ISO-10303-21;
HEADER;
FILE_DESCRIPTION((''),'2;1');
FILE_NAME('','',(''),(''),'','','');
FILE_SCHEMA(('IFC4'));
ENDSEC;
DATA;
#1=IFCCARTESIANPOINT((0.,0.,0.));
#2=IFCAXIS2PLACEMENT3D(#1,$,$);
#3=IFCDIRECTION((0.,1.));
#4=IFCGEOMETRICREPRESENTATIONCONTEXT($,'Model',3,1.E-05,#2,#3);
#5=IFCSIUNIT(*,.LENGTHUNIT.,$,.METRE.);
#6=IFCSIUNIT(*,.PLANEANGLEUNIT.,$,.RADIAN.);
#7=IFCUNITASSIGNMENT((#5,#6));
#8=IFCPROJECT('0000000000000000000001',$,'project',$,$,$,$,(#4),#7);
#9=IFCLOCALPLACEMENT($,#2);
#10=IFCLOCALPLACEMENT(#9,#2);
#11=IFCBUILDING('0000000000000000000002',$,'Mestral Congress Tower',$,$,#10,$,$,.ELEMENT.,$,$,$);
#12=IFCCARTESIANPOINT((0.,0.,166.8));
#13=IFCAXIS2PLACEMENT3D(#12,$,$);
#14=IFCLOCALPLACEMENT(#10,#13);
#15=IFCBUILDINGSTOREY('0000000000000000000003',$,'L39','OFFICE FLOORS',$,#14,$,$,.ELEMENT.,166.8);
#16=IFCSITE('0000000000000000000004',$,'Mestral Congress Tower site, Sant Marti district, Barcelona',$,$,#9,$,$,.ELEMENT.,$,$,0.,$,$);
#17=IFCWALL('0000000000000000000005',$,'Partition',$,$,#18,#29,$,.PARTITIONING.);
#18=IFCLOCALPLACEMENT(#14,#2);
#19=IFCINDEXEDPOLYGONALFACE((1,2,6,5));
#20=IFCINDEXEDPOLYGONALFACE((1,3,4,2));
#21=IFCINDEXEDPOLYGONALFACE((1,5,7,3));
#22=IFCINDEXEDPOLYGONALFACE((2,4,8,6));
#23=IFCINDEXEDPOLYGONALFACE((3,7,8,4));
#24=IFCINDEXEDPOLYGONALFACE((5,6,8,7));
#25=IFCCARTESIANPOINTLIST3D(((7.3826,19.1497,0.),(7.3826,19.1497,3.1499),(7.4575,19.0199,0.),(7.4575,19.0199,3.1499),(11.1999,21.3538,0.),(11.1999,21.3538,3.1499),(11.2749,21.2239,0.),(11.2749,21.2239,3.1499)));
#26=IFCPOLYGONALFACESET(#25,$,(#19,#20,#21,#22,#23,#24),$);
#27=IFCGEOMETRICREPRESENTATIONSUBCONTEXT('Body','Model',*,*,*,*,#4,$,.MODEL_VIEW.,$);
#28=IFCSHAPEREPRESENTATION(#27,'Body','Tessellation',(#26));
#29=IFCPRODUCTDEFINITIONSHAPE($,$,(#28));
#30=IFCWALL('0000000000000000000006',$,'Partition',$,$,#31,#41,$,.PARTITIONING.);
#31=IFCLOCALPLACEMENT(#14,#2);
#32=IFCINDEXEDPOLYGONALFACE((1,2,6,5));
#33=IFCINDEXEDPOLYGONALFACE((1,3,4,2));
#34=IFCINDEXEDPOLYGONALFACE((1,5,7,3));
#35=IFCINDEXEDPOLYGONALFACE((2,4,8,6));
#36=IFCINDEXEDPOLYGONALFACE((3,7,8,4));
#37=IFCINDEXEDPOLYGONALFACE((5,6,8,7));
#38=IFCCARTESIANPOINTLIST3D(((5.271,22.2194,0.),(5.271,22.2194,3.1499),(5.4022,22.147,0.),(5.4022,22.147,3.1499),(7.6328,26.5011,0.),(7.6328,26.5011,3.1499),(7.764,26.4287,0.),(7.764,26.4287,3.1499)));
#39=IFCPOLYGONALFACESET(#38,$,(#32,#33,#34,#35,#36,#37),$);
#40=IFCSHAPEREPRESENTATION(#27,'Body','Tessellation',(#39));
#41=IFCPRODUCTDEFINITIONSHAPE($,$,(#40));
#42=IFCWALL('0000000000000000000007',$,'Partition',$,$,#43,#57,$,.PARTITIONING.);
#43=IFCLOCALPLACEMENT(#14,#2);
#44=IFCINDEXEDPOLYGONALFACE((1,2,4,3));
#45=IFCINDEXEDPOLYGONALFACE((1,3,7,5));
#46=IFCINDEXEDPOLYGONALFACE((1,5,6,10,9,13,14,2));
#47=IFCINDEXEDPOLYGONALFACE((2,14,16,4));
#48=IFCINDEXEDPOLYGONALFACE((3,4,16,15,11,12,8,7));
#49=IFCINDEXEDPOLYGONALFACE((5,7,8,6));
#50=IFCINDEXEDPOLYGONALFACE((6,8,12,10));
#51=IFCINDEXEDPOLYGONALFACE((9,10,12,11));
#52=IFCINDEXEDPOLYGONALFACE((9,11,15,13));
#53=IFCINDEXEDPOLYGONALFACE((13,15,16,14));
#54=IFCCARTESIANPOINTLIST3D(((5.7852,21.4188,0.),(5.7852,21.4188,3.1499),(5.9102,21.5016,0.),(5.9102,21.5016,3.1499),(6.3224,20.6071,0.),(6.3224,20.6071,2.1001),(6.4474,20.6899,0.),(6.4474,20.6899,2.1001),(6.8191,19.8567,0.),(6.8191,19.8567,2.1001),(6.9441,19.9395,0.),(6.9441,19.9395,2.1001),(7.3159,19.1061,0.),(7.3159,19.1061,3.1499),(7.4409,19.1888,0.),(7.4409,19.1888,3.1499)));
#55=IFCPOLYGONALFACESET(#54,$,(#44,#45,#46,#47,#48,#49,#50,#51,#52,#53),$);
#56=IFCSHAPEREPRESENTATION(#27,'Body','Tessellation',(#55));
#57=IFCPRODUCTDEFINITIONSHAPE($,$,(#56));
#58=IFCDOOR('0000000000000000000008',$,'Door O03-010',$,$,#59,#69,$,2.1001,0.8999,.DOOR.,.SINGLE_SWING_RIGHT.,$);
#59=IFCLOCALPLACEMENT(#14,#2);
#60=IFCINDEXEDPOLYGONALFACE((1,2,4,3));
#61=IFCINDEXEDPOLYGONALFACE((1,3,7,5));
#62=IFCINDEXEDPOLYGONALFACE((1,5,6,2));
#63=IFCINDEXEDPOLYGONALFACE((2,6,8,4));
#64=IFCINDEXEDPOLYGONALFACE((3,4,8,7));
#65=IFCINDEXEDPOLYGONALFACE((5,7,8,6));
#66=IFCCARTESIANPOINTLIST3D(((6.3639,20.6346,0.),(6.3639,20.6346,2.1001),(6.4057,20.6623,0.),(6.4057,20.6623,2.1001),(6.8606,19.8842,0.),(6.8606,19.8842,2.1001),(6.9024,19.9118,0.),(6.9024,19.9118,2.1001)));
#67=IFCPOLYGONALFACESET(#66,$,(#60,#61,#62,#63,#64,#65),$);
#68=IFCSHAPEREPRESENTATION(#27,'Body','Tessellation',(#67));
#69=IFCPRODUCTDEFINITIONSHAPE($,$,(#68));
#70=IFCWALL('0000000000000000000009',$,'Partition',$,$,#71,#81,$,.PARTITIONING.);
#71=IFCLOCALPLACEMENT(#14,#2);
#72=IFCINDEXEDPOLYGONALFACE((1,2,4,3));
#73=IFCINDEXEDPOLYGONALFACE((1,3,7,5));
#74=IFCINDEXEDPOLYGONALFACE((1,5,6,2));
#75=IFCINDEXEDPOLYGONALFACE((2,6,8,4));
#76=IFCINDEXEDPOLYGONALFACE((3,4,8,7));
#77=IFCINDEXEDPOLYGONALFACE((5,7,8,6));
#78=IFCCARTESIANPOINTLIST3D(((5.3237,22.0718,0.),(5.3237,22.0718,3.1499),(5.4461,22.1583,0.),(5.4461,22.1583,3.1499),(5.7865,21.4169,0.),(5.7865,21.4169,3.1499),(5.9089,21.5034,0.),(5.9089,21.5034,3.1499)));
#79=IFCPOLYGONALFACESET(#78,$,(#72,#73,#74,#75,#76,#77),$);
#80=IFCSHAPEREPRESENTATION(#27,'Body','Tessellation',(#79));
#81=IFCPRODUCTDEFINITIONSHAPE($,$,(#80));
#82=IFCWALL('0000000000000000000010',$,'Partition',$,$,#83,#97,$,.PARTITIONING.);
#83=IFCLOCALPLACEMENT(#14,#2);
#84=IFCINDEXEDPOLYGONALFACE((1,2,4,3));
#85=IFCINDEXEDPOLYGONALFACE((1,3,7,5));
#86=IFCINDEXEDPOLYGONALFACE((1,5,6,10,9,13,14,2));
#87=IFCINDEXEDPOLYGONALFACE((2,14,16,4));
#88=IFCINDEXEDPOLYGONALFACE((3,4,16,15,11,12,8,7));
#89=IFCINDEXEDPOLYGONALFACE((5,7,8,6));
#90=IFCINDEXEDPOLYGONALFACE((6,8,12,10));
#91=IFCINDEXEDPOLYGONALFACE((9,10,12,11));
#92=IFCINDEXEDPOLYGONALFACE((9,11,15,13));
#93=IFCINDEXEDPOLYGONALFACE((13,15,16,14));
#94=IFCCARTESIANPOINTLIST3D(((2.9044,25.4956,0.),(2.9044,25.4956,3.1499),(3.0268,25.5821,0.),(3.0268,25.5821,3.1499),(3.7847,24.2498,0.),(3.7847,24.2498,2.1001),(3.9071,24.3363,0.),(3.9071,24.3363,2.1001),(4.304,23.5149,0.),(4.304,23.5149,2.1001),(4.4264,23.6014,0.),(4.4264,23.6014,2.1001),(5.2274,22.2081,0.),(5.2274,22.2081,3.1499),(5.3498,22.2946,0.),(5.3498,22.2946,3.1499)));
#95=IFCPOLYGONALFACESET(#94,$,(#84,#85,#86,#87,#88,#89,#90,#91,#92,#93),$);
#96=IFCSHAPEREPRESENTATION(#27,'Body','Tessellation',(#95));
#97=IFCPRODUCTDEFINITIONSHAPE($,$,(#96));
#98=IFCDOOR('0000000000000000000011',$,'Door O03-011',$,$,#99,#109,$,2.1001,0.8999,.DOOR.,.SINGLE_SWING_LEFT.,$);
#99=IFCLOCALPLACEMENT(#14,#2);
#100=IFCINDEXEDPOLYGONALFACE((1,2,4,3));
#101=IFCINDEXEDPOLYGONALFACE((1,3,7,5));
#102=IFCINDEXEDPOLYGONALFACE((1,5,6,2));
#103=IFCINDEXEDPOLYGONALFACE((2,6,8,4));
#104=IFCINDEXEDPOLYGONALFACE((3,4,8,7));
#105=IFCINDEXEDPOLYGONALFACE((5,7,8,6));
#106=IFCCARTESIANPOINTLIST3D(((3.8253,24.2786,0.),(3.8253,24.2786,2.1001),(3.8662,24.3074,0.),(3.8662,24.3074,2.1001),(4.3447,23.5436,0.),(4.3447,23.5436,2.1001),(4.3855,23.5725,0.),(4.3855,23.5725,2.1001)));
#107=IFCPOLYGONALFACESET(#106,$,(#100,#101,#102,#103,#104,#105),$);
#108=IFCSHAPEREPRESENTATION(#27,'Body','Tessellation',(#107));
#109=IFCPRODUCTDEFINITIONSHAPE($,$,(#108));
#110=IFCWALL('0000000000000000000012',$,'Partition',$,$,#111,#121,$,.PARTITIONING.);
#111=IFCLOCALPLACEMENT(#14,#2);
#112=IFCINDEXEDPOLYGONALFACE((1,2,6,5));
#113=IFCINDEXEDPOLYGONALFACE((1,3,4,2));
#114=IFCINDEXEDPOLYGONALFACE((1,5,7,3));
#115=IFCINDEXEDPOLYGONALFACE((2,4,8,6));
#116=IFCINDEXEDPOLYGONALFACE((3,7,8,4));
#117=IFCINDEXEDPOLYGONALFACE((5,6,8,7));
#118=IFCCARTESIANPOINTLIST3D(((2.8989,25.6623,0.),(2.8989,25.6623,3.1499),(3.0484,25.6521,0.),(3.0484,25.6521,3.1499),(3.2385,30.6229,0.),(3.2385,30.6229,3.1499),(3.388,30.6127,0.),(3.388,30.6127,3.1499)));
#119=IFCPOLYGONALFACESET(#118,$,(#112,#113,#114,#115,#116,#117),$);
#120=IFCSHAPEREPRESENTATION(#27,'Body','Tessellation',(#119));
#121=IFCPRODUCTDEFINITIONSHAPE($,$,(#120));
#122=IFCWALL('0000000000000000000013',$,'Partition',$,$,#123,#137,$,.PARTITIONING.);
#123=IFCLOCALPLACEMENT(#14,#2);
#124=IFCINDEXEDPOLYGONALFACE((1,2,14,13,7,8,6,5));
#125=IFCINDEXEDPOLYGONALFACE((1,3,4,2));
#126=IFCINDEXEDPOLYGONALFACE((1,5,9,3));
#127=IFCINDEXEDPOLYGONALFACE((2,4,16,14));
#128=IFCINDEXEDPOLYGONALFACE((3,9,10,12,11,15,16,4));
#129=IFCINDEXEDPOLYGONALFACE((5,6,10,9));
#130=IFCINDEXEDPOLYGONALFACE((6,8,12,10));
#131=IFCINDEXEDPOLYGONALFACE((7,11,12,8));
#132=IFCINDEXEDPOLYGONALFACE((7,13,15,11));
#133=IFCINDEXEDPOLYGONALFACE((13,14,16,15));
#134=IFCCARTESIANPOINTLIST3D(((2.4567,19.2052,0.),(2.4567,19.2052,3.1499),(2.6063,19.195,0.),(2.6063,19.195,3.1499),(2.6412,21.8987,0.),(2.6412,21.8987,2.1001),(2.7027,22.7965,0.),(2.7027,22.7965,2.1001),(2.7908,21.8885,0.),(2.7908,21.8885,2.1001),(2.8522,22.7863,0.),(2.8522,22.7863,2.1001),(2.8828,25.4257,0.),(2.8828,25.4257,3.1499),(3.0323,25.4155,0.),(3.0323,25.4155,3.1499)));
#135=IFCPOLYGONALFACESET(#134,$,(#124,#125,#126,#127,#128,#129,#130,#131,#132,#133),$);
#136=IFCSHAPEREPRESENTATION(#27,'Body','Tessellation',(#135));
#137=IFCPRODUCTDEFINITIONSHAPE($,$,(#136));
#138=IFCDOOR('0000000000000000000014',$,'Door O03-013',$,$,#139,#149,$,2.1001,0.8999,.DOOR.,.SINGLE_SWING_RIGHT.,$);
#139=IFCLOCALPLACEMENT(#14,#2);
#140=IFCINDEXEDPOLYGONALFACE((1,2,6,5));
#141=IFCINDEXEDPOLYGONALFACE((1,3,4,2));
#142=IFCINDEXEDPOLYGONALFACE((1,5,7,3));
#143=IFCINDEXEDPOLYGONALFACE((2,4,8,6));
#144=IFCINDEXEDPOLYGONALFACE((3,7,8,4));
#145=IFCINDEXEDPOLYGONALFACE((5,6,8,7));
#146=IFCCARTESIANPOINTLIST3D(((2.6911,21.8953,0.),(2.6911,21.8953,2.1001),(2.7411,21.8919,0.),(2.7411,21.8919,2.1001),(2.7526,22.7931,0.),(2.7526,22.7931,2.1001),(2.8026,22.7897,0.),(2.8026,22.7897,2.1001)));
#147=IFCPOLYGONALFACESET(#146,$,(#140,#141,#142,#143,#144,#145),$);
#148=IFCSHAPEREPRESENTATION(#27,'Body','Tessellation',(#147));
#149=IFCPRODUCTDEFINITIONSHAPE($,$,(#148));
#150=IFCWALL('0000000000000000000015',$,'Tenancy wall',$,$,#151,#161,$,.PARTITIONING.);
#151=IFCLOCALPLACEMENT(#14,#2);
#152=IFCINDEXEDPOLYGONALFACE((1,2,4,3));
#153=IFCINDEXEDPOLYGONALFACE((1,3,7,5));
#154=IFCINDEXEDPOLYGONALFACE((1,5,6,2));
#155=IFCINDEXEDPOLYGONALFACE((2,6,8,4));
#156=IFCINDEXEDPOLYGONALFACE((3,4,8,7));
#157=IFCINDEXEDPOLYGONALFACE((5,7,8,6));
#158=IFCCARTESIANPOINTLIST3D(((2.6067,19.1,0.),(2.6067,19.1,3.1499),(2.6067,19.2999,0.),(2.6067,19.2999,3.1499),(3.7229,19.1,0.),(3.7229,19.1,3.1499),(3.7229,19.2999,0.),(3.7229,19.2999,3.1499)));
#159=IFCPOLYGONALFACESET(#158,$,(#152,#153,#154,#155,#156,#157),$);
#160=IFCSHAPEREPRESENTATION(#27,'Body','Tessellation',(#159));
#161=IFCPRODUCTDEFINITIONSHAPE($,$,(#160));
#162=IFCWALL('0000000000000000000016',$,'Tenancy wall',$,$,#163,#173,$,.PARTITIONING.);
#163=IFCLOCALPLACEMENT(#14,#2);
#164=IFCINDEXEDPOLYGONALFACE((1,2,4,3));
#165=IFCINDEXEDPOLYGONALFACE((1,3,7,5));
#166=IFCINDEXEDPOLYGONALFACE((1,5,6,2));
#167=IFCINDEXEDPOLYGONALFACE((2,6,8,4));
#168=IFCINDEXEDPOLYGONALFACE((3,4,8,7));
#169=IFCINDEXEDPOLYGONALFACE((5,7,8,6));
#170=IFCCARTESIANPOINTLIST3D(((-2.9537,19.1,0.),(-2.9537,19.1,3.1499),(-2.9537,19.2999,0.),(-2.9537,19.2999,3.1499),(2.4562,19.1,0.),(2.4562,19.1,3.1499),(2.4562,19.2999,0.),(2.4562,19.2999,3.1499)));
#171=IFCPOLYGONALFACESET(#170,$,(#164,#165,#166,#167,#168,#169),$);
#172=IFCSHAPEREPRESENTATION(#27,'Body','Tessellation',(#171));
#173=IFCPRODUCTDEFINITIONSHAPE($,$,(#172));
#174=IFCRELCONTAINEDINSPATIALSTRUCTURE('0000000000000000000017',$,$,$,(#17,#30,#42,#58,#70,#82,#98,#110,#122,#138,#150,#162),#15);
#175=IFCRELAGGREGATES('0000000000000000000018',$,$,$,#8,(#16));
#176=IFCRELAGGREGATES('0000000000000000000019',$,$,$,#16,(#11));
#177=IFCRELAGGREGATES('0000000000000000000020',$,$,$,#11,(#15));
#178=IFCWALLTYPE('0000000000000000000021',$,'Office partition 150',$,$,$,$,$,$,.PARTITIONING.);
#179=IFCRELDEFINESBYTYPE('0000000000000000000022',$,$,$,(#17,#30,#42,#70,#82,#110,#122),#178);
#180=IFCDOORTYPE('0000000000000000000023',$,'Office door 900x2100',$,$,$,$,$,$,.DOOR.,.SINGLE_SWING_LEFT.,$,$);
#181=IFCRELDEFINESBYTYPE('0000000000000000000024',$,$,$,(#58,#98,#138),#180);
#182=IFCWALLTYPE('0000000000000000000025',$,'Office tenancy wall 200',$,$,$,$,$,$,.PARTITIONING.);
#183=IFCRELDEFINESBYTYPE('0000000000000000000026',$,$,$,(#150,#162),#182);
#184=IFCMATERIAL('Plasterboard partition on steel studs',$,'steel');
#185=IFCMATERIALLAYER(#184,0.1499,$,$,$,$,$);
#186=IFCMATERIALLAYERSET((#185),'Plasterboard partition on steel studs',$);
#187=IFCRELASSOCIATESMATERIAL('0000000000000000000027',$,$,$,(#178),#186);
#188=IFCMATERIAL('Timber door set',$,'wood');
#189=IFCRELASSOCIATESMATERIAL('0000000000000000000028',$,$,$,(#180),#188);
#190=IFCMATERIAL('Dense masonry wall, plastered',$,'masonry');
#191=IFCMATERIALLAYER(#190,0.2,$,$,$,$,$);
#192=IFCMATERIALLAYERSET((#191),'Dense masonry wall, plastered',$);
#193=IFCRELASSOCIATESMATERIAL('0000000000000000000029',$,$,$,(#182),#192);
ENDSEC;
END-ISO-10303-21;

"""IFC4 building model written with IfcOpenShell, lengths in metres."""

from ifc_helpers import new_model, si_unit, direction, frame, frame_2d, origin, place, context, subcontext, project, spatial, rectangle, extrude, material, layer, layer_set, type_object, element, fill, save


model = new_model("IFC4")

# Units and contexts
model_context = context("Model", 3, precision=1e-05, world=origin(), true_north=direction((0.0, 1.0)))
body_context = subcontext(model_context, "Body", "Model", "MODEL_VIEW")
ifc_project = project(units=[si_unit("LENGTHUNIT", "METRE"), si_unit("PLANEANGLEUNIT", "RADIAN")], contexts=[model_context])

# Site, building, storey
site_placement = place(None, origin())
site = spatial("IfcSite", under=ifc_project, at=site_placement, Name="Mestral Congress Tower site, Sant Marti district, Barcelona", CompositionType="ELEMENT", RefElevation=0.0)
building_placement = place(site_placement, origin())
building = spatial("IfcBuilding", under=site, at=building_placement, Name="Mestral Congress Tower", CompositionType="ELEMENT")
storey_placement = place(building_placement, frame((0.0, 0.0, 166.8)))
storey = spatial("IfcBuildingStorey", under=building, at=storey_placement, Name="L39", Description="OFFICE FLOORS", CompositionType="ELEMENT", Elevation=166.8)

# Walls
ifc_material_1 = material(Name="Plasterboard partition on steel studs", Category="steel")
ifc_layer_1 = layer(ifc_material_1, 0.1499)
ifc_layer_set_1 = layer_set([ifc_layer_1], Name="Plasterboard partition on steel studs")
wall_type_1 = type_object("IfcWallType", Name="Office partition 150", PredefinedType="PARTITIONING", material=ifc_layer_set_1)
wall_1_placement = place(storey_placement, frame((7.4199, 19.0847, 0.0), z_axis=(0.0, 0.0, 1.0), x_axis=(0.866012, 0.500023, 0.0)))
element("IfcWall", 1, at=wall_1_placement, inside=storey, type_object=wall_type_1, Name="Partition", PredefinedType="PARTITIONING", context=body_context, shape_type="SweptSolid", body=[
    extrude(rectangle(XDim=4.408, YDim=0.1499, at=frame_2d((2.2041, 0.0))), origin(), (0.0, 0.0, 1.0), 3.1499),
])
wall_2_placement = place(storey_placement, frame((5.3367, 22.1833, 0.0), z_axis=(0.0, 0.0, 1.0), x_axis=(0.482996, 0.875623, 0.0)))
element("IfcWall", 2, at=wall_2_placement, inside=storey, type_object=wall_type_1, Name="Partition", PredefinedType="PARTITIONING", context=body_context, shape_type="SweptSolid", body=[
    extrude(rectangle(XDim=4.8899, YDim=0.1499, at=frame_2d((2.4448, 0.0))), origin(), (0.0, 0.0, 1.0), 3.1499),
])

# Wall, opening, door
wall_3_placement = place(storey_placement, frame((5.8477, 21.4602, 0.0), z_axis=(0.0, 0.0, 1.0), x_axis=(0.551934, -0.833888, 0.0)))
wall_3 = element("IfcWall", 3, at=wall_3_placement, inside=storey, type_object=wall_type_1, Name="Partition", PredefinedType="PARTITIONING", context=body_context, shape_type="SweptSolid", body=[
    extrude(rectangle(XDim=2.7734, YDim=0.1499, at=frame_2d((1.3867, 0.0))), origin(), (0.0, 0.0, 1.0), 3.1499),
])
opening_1_placement = place(wall_3_placement, frame((0.9734, 0.0, 0.0)))
opening_1 = element("IfcOpeningElement", 4, at=opening_1_placement, cuts=wall_3, PredefinedType="OPENING", context=body_context, shape_type="SweptSolid", body=[
    extrude(rectangle(XDim=0.8999, YDim=2.1001, at=frame_2d((0.45, 1.05))), frame((0.0, 0.085, 0.0), z_axis=(0.0, -1.0, 0.0), x_axis=(1.0, 0.0, 0.0)), (0.0, 0.0, 1.0), 0.1699),
])
ifc_material_2 = material(Name="Timber door set", Category="wood")
door_type = type_object("IfcDoorType", Name="Office door 900x2100", OperationType="SINGLE_SWING_LEFT", PredefinedType="DOOR", material=ifc_material_2)
door_1_placement = place(opening_1_placement, origin())
door_1 = element("IfcDoor", 5, at=door_1_placement, inside=storey, type_object=door_type, Name="Door O03-010", OperationType="SINGLE_SWING_RIGHT", OverallHeight=2.1001, OverallWidth=0.8999, PredefinedType="DOOR", context=body_context, shape_type="SweptSolid", body=[
    extrude(rectangle(XDim=0.8999, YDim=2.1001, at=frame_2d((0.45, 1.05))), frame((0.0, 0.0249, 0.0), z_axis=(0.0, -1.0, 0.0), x_axis=(1.0, 0.0, 0.0)), (0.0, 0.0, 1.0), 0.05),
])
fill(opening_1, door_1)

# Wall
wall_4_placement = place(storey_placement, frame((5.8477, 21.4602, 0.0), z_axis=(0.0, 0.0, 1.0), x_axis=(-0.577113, 0.816664, 0.0)))
element("IfcWall", 6, at=wall_4_placement, inside=storey, type_object=wall_type_1, Name="Partition", PredefinedType="PARTITIONING", context=body_context, shape_type="SweptSolid", body=[
    extrude(rectangle(XDim=0.802, YDim=0.1499, at=frame_2d((0.4009, 0.0))), origin(), (0.0, 0.0, 1.0), 3.1499),
])

# Wall, opening, door
wall_5_placement = place(storey_placement, frame((2.9656, 25.5388, 0.0), z_axis=(0.0, 0.0, 1.0), x_axis=(0.5771, -0.816674, 0.0)))
wall_5 = element("IfcWall", 7, at=wall_5_placement, inside=storey, type_object=wall_type_1, Name="Partition", PredefinedType="PARTITIONING", context=body_context, shape_type="SweptSolid", body=[
    extrude(rectangle(XDim=4.0254, YDim=0.1499, at=frame_2d((2.0127, 0.0))), origin(), (0.0, 0.0, 1.0), 3.1499),
])
opening_2_placement = place(wall_5_placement, frame((1.5254, 0.0, 0.0)))
opening_2 = element("IfcOpeningElement", 8, at=opening_2_placement, cuts=wall_5, PredefinedType="OPENING", context=body_context, shape_type="SweptSolid", body=[
    extrude(rectangle(XDim=0.8999, YDim=2.1001, at=frame_2d((0.45, 1.05))), frame((0.0, 0.085, 0.0), z_axis=(0.0, -1.0, 0.0), x_axis=(1.0, 0.0, 0.0)), (0.0, 0.0, 1.0), 0.1699),
])
door_2_placement = place(opening_2_placement, origin())
door_2 = element("IfcDoor", 9, at=door_2_placement, inside=storey, type_object=door_type, Name="Door O03-011", OperationType="SINGLE_SWING_LEFT", OverallHeight=2.1001, OverallWidth=0.8999, PredefinedType="DOOR", context=body_context, shape_type="SweptSolid", body=[
    extrude(rectangle(XDim=0.8999, YDim=2.1001, at=frame_2d((0.45, 1.05))), frame((0.0, 0.0249, 0.0), z_axis=(0.0, -1.0, 0.0), x_axis=(1.0, 0.0, 0.0)), (0.0, 0.0, 1.0), 0.05),
])
fill(opening_2, door_2)

# Wall
wall_6_placement = place(storey_placement, frame((2.9736, 25.6572, 0.0), z_axis=(0.0, 0.0, 1.0), x_axis=(0.068302, 0.997665, 0.0)))
element("IfcWall", 10, at=wall_6_placement, inside=storey, type_object=wall_type_1, Name="Partition", PredefinedType="PARTITIONING", context=body_context, shape_type="SweptSolid", body=[
    extrude(rectangle(XDim=4.9722, YDim=0.1499, at=frame_2d((2.4861, 0.0))), origin(), (0.0, 0.0, 1.0), 3.1499),
])

# Wall, opening, door
wall_7_placement = place(storey_placement, frame((2.5315, 19.2, 0.0), z_axis=(0.0, 0.0, 1.0), x_axis=(0.068328, 0.997663, 0.0)))
wall_7 = element("IfcWall", 11, at=wall_7_placement, inside=storey, type_object=wall_type_1, Name="Partition", PredefinedType="PARTITIONING", context=body_context, shape_type="SweptSolid", body=[
    extrude(rectangle(XDim=6.2351, YDim=0.1499, at=frame_2d((3.1177, 0.0))), origin(), (0.0, 0.0, 1.0), 3.1499),
])
opening_3_placement = place(wall_7_placement, frame((2.7, 0.0, 0.0)))
opening_3 = element("IfcOpeningElement", 12, at=opening_3_placement, cuts=wall_7, PredefinedType="OPENING", context=body_context, shape_type="SweptSolid", body=[
    extrude(rectangle(XDim=0.8999, YDim=2.1001, at=frame_2d((0.45, 1.05))), frame((0.0, 0.085, 0.0), z_axis=(0.0, -1.0, 0.0), x_axis=(1.0, 0.0, 0.0)), (0.0, 0.0, 1.0), 0.1699),
])
door_3_placement = place(opening_3_placement, origin())
door_3 = element("IfcDoor", 13, at=door_3_placement, inside=storey, type_object=door_type, Name="Door O03-013", OperationType="SINGLE_SWING_RIGHT", OverallHeight=2.1001, OverallWidth=0.8999, PredefinedType="DOOR", context=body_context, shape_type="SweptSolid", body=[
    extrude(rectangle(XDim=0.8999, YDim=2.1001, at=frame_2d((0.45, 1.05))), frame((0.0, 0.0249, 0.0), z_axis=(0.0, -1.0, 0.0), x_axis=(1.0, 0.0, 0.0)), (0.0, 0.0, 1.0), 0.05),
])
fill(opening_3, door_3)

# Walls
ifc_material_3 = material(Name="Dense masonry wall, plastered", Category="masonry")
ifc_layer_2 = layer(ifc_material_3, 0.2)
ifc_layer_set_2 = layer_set([ifc_layer_2], Name="Dense masonry wall, plastered")
wall_type_2 = type_object("IfcWallType", Name="Office tenancy wall 200", PredefinedType="PARTITIONING", material=ifc_layer_set_2)
wall_8_placement = place(storey_placement, frame((3.7229, 19.2, 0.0), z_axis=(0.0, 0.0, 1.0), x_axis=(-1.0, 0.0, 0.0)))
element("IfcWall", 14, at=wall_8_placement, inside=storey, type_object=wall_type_2, Name="Tenancy wall", PredefinedType="PARTITIONING", context=body_context, shape_type="SweptSolid", body=[
    extrude(rectangle(XDim=1.1162, YDim=0.2, at=frame_2d((0.5581, 0.0))), origin(), (0.0, 0.0, 1.0), 3.1499),
])
wall_9_placement = place(storey_placement, frame((2.4563, 19.2, 0.0), z_axis=(0.0, 0.0, 1.0), x_axis=(-1.0, 0.0, 0.0)))
element("IfcWall", 15, at=wall_9_placement, inside=storey, type_object=wall_type_2, Name="Tenancy wall", PredefinedType="PARTITIONING", context=body_context, shape_type="SweptSolid", body=[
    extrude(rectangle(XDim=5.4099, YDim=0.2, at=frame_2d((2.7051, 0.0))), origin(), (0.0, 0.0, 1.0), 3.1499),
])

save(model, "model.ifc")
